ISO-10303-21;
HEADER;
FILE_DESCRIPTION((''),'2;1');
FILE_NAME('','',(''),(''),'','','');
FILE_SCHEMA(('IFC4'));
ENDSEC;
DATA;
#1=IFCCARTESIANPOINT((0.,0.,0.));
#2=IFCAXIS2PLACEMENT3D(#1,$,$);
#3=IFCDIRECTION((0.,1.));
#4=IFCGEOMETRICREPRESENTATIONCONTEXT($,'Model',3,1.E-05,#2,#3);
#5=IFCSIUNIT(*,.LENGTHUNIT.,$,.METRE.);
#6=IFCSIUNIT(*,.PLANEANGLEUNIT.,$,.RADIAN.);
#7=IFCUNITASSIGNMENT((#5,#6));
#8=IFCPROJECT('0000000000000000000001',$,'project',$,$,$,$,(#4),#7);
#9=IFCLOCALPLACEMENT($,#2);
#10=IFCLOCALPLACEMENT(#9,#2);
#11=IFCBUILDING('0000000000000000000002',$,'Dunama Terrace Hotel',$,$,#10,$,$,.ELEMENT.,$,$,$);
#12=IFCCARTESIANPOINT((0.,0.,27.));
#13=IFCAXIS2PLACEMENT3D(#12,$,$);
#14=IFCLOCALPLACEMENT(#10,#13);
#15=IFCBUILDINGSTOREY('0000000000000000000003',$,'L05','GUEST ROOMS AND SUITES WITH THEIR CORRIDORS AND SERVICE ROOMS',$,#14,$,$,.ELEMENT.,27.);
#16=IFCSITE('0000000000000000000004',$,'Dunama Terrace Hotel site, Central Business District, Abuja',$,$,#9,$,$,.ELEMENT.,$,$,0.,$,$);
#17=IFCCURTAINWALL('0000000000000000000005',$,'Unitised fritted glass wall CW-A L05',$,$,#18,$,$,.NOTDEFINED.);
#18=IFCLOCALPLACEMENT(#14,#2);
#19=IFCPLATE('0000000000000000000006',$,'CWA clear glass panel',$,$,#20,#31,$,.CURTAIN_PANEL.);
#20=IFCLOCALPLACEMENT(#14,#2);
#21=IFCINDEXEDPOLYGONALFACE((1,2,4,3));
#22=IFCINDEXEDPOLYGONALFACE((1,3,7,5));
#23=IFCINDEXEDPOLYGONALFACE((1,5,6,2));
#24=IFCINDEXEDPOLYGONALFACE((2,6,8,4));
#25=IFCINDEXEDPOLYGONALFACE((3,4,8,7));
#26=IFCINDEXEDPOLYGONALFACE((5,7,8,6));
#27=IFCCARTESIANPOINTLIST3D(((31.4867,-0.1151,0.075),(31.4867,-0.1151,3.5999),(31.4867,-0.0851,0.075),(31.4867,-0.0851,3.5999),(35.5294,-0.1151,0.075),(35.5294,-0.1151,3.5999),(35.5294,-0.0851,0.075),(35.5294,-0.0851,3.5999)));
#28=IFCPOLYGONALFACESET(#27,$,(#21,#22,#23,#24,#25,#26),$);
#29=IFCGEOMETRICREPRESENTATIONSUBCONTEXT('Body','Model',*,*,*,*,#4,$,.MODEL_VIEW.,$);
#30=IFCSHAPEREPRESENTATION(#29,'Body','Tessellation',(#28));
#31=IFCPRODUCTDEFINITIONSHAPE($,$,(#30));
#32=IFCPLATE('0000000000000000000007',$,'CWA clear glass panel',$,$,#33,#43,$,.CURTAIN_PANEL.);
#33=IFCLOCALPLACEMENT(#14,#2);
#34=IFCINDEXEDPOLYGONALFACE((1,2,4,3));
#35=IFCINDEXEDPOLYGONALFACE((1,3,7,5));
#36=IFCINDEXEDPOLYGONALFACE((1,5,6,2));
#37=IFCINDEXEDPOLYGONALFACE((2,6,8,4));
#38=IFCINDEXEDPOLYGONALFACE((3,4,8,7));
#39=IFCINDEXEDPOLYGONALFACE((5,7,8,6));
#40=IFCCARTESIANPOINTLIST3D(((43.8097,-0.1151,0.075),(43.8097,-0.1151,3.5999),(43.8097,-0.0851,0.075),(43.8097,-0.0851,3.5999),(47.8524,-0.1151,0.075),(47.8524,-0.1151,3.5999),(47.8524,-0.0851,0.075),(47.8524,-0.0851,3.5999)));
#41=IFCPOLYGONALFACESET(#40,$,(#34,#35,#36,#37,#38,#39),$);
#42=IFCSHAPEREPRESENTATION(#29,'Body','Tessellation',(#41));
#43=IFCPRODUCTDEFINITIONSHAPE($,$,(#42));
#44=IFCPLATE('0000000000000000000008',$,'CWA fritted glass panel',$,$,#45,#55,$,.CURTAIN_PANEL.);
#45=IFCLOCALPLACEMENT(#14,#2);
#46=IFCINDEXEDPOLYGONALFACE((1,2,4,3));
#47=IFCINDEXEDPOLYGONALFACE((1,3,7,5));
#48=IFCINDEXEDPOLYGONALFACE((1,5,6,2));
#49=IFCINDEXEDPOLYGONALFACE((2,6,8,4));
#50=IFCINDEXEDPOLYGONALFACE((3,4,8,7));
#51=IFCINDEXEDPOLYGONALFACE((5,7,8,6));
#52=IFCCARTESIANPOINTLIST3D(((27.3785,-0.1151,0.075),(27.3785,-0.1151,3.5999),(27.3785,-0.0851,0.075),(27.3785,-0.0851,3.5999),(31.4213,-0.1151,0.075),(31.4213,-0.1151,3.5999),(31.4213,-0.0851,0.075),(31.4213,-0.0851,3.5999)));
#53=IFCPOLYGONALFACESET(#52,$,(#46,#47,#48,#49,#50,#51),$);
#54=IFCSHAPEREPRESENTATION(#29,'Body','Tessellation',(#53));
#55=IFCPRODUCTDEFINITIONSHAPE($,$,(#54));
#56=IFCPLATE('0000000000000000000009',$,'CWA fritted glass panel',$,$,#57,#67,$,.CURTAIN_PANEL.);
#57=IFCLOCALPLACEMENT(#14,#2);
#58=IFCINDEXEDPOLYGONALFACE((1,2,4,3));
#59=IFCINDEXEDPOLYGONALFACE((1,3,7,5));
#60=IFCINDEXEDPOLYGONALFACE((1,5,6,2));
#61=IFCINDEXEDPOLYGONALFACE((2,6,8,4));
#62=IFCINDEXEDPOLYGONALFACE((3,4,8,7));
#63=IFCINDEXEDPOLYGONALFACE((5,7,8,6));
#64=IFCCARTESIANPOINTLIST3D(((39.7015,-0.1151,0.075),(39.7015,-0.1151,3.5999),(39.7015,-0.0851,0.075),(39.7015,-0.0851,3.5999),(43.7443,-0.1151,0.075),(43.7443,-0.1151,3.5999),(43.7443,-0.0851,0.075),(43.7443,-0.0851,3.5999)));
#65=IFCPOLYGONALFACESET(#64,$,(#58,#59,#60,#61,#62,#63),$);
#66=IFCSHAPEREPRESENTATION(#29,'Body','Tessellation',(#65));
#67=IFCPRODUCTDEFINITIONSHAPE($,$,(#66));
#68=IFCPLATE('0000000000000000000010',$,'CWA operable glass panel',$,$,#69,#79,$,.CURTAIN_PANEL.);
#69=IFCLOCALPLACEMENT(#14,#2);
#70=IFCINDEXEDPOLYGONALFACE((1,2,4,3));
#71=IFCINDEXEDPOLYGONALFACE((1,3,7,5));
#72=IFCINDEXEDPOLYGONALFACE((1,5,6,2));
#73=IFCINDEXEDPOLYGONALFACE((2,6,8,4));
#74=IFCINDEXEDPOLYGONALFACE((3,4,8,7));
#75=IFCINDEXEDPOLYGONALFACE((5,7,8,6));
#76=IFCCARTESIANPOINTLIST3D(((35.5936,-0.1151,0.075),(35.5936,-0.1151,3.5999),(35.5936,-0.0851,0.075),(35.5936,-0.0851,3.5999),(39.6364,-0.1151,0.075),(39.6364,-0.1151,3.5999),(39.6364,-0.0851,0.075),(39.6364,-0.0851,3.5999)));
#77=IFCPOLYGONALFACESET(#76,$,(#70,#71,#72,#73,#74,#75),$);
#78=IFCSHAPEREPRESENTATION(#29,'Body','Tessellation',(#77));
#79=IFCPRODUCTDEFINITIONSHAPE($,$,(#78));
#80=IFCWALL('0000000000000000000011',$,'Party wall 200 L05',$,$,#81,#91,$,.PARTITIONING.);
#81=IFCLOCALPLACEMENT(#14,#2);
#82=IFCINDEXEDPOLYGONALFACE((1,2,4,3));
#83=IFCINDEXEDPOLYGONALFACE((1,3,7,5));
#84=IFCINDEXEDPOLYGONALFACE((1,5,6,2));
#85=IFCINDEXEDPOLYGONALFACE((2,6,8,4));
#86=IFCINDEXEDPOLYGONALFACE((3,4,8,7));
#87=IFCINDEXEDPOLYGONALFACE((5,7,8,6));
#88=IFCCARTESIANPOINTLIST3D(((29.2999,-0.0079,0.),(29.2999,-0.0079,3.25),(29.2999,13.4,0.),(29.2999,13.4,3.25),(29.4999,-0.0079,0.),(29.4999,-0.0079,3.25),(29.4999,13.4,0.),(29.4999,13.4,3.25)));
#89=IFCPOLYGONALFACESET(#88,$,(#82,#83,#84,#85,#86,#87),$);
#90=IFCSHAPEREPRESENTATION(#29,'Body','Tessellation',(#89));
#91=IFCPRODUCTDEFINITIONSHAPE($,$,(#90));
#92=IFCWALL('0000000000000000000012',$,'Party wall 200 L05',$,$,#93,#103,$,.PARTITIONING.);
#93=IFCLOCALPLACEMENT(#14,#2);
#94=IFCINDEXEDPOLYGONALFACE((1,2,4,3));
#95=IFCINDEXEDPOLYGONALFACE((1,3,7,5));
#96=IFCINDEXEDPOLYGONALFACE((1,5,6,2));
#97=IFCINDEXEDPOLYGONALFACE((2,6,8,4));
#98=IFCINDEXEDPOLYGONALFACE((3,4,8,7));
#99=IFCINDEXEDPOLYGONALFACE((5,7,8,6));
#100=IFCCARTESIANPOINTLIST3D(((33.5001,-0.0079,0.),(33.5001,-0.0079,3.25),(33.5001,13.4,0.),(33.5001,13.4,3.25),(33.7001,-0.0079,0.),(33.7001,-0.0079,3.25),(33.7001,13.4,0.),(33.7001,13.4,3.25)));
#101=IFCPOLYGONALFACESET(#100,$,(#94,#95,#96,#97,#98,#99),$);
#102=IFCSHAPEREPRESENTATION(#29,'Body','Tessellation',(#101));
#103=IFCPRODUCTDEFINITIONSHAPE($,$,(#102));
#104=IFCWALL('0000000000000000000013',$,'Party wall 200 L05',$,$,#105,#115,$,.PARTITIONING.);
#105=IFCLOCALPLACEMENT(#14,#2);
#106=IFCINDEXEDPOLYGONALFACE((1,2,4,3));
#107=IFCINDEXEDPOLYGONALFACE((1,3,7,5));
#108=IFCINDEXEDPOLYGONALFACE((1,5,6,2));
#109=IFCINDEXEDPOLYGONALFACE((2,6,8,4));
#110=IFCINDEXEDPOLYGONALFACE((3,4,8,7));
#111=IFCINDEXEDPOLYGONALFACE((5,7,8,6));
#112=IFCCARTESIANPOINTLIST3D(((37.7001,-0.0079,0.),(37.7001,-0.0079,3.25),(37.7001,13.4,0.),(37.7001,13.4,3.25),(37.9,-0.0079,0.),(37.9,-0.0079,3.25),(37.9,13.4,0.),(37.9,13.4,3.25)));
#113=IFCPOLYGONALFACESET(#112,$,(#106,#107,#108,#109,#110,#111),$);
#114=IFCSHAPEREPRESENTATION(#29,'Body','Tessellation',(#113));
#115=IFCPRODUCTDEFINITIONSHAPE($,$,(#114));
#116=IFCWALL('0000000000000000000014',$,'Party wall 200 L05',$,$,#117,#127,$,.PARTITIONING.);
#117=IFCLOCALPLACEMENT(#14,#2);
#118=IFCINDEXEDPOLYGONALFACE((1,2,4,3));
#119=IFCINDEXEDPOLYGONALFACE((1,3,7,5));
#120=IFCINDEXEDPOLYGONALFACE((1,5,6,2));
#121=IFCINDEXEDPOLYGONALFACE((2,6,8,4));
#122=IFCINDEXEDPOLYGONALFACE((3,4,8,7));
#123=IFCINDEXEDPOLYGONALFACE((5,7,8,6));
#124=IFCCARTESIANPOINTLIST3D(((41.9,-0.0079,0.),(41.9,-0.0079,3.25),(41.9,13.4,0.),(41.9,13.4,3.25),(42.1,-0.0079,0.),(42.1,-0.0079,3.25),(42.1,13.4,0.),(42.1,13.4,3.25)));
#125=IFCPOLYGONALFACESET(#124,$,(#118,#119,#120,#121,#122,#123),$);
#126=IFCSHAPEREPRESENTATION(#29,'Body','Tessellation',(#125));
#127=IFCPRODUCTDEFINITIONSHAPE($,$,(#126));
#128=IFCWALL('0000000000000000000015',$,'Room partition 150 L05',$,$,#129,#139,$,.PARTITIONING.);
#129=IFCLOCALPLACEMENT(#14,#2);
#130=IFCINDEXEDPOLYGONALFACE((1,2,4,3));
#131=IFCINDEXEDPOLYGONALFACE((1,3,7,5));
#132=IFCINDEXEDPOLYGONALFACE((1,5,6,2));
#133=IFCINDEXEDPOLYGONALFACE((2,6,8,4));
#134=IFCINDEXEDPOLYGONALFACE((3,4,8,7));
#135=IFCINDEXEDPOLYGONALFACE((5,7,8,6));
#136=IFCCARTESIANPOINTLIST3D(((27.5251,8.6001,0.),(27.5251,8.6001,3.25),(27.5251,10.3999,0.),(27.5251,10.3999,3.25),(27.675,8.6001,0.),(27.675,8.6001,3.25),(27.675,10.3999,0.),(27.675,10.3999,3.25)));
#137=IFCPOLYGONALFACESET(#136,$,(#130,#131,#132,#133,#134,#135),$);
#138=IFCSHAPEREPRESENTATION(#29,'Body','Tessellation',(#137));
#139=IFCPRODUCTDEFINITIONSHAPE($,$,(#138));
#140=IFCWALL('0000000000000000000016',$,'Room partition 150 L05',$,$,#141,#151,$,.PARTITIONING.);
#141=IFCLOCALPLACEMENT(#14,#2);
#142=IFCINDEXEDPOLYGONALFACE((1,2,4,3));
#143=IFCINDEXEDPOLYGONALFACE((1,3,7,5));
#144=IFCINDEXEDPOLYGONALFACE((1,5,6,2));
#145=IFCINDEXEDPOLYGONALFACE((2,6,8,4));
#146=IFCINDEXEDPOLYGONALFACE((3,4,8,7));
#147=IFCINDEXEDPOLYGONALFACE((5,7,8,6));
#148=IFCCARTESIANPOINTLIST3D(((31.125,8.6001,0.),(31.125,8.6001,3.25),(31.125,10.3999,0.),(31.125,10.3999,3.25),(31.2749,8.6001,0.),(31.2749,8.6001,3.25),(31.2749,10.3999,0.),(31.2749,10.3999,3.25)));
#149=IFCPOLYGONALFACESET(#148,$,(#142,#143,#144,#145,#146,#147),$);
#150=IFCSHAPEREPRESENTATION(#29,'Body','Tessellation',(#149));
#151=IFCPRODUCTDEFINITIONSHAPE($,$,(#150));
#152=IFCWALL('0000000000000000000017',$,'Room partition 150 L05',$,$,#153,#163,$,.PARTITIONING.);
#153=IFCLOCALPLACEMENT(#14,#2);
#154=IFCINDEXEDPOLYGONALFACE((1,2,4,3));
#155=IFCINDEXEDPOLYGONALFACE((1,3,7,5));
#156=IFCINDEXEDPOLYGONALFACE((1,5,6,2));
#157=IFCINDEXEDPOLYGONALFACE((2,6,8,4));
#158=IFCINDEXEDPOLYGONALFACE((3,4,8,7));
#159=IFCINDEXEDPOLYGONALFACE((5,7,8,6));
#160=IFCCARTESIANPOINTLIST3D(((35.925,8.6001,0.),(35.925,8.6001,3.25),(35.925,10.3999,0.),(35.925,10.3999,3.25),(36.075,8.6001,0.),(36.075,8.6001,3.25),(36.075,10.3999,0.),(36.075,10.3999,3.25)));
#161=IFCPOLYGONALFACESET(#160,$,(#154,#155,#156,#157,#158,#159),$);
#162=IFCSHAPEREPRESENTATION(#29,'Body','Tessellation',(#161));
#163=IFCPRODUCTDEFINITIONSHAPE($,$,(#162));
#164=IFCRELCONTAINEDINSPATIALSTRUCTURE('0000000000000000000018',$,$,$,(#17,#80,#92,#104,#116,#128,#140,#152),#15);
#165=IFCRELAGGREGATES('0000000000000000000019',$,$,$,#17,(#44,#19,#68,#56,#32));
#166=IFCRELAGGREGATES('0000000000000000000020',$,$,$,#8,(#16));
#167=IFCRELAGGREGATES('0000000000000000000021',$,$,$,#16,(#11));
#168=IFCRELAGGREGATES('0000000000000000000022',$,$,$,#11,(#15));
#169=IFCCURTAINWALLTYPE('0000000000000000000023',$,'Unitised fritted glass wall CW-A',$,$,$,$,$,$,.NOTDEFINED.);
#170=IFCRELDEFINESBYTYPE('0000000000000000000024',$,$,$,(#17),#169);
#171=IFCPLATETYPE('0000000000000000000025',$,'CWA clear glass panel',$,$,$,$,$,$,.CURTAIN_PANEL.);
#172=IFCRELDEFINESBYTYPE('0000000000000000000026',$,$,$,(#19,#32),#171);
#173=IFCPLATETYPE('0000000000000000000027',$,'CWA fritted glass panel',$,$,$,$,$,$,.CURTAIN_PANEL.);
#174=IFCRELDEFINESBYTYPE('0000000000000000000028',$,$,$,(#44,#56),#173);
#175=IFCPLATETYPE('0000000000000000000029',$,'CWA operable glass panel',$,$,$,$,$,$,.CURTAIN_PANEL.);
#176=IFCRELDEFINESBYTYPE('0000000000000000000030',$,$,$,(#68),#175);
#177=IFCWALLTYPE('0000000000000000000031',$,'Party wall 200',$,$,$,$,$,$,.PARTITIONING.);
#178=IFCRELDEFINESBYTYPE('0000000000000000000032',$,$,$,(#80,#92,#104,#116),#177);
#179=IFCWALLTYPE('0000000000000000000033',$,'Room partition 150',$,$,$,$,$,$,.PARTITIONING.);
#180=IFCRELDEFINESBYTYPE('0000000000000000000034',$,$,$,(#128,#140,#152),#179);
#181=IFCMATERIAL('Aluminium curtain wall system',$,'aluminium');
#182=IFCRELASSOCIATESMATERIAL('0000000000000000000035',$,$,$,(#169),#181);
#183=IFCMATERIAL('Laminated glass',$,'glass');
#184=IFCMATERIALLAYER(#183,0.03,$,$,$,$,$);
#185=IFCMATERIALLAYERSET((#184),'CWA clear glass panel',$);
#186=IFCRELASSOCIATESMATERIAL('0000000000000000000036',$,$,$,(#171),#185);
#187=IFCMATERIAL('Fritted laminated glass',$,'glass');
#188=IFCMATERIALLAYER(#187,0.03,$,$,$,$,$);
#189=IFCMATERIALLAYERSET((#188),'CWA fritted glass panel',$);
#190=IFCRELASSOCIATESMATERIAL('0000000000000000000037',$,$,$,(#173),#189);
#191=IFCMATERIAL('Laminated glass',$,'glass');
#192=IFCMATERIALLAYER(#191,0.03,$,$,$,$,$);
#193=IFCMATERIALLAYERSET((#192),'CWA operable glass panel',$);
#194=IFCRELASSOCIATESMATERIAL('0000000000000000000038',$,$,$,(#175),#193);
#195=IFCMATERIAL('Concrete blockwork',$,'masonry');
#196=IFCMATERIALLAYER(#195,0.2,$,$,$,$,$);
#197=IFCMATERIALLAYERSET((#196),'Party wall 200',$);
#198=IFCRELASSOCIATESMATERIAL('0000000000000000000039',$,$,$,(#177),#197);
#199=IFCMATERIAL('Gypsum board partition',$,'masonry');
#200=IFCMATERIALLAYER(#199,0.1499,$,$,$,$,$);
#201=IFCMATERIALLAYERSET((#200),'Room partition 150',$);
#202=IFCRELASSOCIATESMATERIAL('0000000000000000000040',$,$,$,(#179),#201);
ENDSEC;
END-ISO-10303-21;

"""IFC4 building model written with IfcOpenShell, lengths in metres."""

from ifc_helpers import new_model, si_unit, direction, frame, frame_2d, origin, origin_2d, place, context, subcontext, project, spatial, rectangle, extrude, material, layer, layer_set, type_object, element, aggregate, save


model = new_model("IFC4")

# Units and contexts
model_context = context("Model", 3, precision=1e-05, world=origin(), true_north=direction((0.0, 1.0)))
body_context = subcontext(model_context, "Body", "Model", "MODEL_VIEW")
ifc_project = project(units=[si_unit("LENGTHUNIT", "METRE"), si_unit("PLANEANGLEUNIT", "RADIAN")], contexts=[model_context])

# Site, building, storey
site_placement = place(None, origin())
site = spatial("IfcSite", under=ifc_project, at=site_placement, Name="Dunama Terrace Hotel site, Central Business District, Abuja", CompositionType="ELEMENT", RefElevation=0.0)
building_placement = place(site_placement, origin())
building = spatial("IfcBuilding", under=site, at=building_placement, Name="Dunama Terrace Hotel", CompositionType="ELEMENT")
storey_placement = place(building_placement, frame((0.0, 0.0, 27.0)))
storey = spatial("IfcBuildingStorey", under=building, at=storey_placement, Name="L05", Description="GUEST ROOMS AND SUITES WITH THEIR CORRIDORS AND SERVICE ROOMS", CompositionType="ELEMENT", Elevation=27.0)

# Curtain wall
ifc_material_1 = material(Name="Aluminium curtain wall system", Category="aluminium")
curtain_wall_type = type_object("IfcCurtainWallType", Name="Unitised fritted glass wall CW-A", PredefinedType="NOTDEFINED", material=ifc_material_1)
curtain_wall_placement = place(storey_placement, origin())
curtain_wall = element("IfcCurtainWall", 1, at=curtain_wall_placement, inside=storey, type_object=curtain_wall_type, Name="Unitised fritted glass wall CW-A L05", PredefinedType="NOTDEFINED")

# Plates
ifc_material_2 = material(Name="Laminated glass", Category="glass")
ifc_layer_1 = layer(ifc_material_2, 0.03)
ifc_layer_set_1 = layer_set([ifc_layer_1], Name="CWA clear glass panel")
plate_type_1 = type_object("IfcPlateType", Name="CWA clear glass panel", PredefinedType="CURTAIN_PANEL", material=ifc_layer_set_1)
plate_1_placement = place(storey_placement, frame((33.5081, -0.1001, 0.075), z_axis=(0.0, 0.0, 1.0), x_axis=(1.0, 0.0, 0.0)))
plate_1 = element("IfcPlate", 2, at=plate_1_placement, type_object=plate_type_1, Name="CWA clear glass panel", PredefinedType="CURTAIN_PANEL", context=body_context, shape_type="SweptSolid", body=[
    extrude(rectangle(XDim=4.0427, YDim=0.03, at=origin_2d()), origin(), (0.0, 0.0, 1.0), 3.5249),
])
plate_2_placement = place(storey_placement, frame((45.8311, -0.1001, 0.075), z_axis=(0.0, 0.0, 1.0), x_axis=(1.0, 0.0, 0.0)))
plate_2 = element("IfcPlate", 3, at=plate_2_placement, type_object=plate_type_1, Name="CWA clear glass panel", PredefinedType="CURTAIN_PANEL", context=body_context, shape_type="SweptSolid", body=[
    extrude(rectangle(XDim=4.0427, YDim=0.03, at=origin_2d()), origin(), (0.0, 0.0, 1.0), 3.5249),
])
ifc_material_3 = material(Name="Fritted laminated glass", Category="glass")
ifc_layer_2 = layer(ifc_material_3, 0.03)
ifc_layer_set_2 = layer_set([ifc_layer_2], Name="CWA fritted glass panel")
plate_type_2 = type_object("IfcPlateType", Name="CWA fritted glass panel", PredefinedType="CURTAIN_PANEL", material=ifc_layer_set_2)
plate_3_placement = place(storey_placement, frame((29.3999, -0.1001, 0.075), z_axis=(0.0, 0.0, 1.0), x_axis=(1.0, 0.0, 0.0)))
plate_3 = element("IfcPlate", 4, at=plate_3_placement, type_object=plate_type_2, Name="CWA fritted glass panel", PredefinedType="CURTAIN_PANEL", context=body_context, shape_type="SweptSolid", body=[
    extrude(rectangle(XDim=4.0427, YDim=0.03, at=origin_2d()), origin(), (0.0, 0.0, 1.0), 3.5249),
])
plate_4_placement = place(storey_placement, frame((41.7229, -0.1001, 0.075), z_axis=(0.0, 0.0, 1.0), x_axis=(1.0, 0.0, 0.0)))
plate_4 = element("IfcPlate", 5, at=plate_4_placement, type_object=plate_type_2, Name="CWA fritted glass panel", PredefinedType="CURTAIN_PANEL", context=body_context, shape_type="SweptSolid", body=[
    extrude(rectangle(XDim=4.0427, YDim=0.03, at=origin_2d()), origin(), (0.0, 0.0, 1.0), 3.5249),
])
ifc_material_4 = material(Name="Laminated glass", Category="glass")
ifc_layer_3 = layer(ifc_material_4, 0.03)
ifc_layer_set_3 = layer_set([ifc_layer_3], Name="CWA operable glass panel")
plate_type_3 = type_object("IfcPlateType", Name="CWA operable glass panel", PredefinedType="CURTAIN_PANEL", material=ifc_layer_set_3)
plate_5_placement = place(storey_placement, frame((37.615, -0.1001, 0.075), z_axis=(0.0, 0.0, 1.0), x_axis=(1.0, 0.0, 0.0)))
plate_5 = element("IfcPlate", 6, at=plate_5_placement, type_object=plate_type_3, Name="CWA operable glass panel", PredefinedType="CURTAIN_PANEL", context=body_context, shape_type="SweptSolid", body=[
    extrude(rectangle(XDim=4.0427, YDim=0.03, at=origin_2d()), origin(), (0.0, 0.0, 1.0), 3.5249),
])
aggregate(curtain_wall, [plate_3, plate_1, plate_5, plate_4, plate_2])

# Walls
ifc_material_5 = material(Name="Concrete blockwork", Category="masonry")
ifc_layer_4 = layer(ifc_material_5, 0.2)
ifc_layer_set_4 = layer_set([ifc_layer_4], Name="Party wall 200")
wall_type_1 = type_object("IfcWallType", Name="Party wall 200", PredefinedType="PARTITIONING", material=ifc_layer_set_4)
for number, where, z_axis, x_axis, name in (
    (7, (29.3999, -0.0081, 0.0), (0.0, 0.0, 1.0), (0.0, 1.0, 0.0), "Party wall 200 L05"),
    (8, (33.6001, -0.0081, 0.0), (0.0, 0.0, 1.0), (0.0, 1.0, 0.0), "Party wall 200 L05"),
    (9, (37.8, -0.0081, 0.0), (0.0, 0.0, 1.0), (0.0, 1.0, 0.0), "Party wall 200 L05"),
    (10, (42.0, -0.0081, 0.0), (0.0, 0.0, 1.0), (0.0, 1.0, 0.0), "Party wall 200 L05"),
):
    element("IfcWall", number, at=place(storey_placement, frame(where, z_axis=z_axis, x_axis=x_axis)), inside=storey, type_object=wall_type_1, Name=name, PredefinedType="PARTITIONING", context=body_context, shape_type="SweptSolid", body=[
        extrude(rectangle(XDim=13.408, YDim=0.2, at=frame_2d((6.7041, 0.0))), origin(), (0.0, 0.0, 1.0), 3.25),
    ])
ifc_material_6 = material(Name="Gypsum board partition", Category="masonry")
ifc_layer_5 = layer(ifc_material_6, 0.1499)
ifc_layer_set_5 = layer_set([ifc_layer_5], Name="Room partition 150")
wall_type_2 = type_object("IfcWallType", Name="Room partition 150", PredefinedType="PARTITIONING", material=ifc_layer_set_5)
for number, where, z_axis, x_axis, name in (
    (11, (27.6001, 8.6001, 0.0), (0.0, 0.0, 1.0), (0.0, 1.0, 0.0), "Room partition 150 L05"),
    (12, (31.2, 8.6001, 0.0), (0.0, 0.0, 1.0), (0.0, 1.0, 0.0), "Room partition 150 L05"),
    (13, (36.0, 8.6001, 0.0), (0.0, 0.0, 1.0), (0.0, 1.0, 0.0), "Room partition 150 L05"),
):
    element("IfcWall", number, at=place(storey_placement, frame(where, z_axis=z_axis, x_axis=x_axis)), inside=storey, type_object=wall_type_2, Name=name, PredefinedType="PARTITIONING", context=body_context, shape_type="SweptSolid", body=[
        extrude(rectangle(XDim=1.7998, YDim=0.1499, at=frame_2d((0.8999, 0.0))), origin(), (0.0, 0.0, 1.0), 3.25),
    ])

save(model, "model.ifc")
